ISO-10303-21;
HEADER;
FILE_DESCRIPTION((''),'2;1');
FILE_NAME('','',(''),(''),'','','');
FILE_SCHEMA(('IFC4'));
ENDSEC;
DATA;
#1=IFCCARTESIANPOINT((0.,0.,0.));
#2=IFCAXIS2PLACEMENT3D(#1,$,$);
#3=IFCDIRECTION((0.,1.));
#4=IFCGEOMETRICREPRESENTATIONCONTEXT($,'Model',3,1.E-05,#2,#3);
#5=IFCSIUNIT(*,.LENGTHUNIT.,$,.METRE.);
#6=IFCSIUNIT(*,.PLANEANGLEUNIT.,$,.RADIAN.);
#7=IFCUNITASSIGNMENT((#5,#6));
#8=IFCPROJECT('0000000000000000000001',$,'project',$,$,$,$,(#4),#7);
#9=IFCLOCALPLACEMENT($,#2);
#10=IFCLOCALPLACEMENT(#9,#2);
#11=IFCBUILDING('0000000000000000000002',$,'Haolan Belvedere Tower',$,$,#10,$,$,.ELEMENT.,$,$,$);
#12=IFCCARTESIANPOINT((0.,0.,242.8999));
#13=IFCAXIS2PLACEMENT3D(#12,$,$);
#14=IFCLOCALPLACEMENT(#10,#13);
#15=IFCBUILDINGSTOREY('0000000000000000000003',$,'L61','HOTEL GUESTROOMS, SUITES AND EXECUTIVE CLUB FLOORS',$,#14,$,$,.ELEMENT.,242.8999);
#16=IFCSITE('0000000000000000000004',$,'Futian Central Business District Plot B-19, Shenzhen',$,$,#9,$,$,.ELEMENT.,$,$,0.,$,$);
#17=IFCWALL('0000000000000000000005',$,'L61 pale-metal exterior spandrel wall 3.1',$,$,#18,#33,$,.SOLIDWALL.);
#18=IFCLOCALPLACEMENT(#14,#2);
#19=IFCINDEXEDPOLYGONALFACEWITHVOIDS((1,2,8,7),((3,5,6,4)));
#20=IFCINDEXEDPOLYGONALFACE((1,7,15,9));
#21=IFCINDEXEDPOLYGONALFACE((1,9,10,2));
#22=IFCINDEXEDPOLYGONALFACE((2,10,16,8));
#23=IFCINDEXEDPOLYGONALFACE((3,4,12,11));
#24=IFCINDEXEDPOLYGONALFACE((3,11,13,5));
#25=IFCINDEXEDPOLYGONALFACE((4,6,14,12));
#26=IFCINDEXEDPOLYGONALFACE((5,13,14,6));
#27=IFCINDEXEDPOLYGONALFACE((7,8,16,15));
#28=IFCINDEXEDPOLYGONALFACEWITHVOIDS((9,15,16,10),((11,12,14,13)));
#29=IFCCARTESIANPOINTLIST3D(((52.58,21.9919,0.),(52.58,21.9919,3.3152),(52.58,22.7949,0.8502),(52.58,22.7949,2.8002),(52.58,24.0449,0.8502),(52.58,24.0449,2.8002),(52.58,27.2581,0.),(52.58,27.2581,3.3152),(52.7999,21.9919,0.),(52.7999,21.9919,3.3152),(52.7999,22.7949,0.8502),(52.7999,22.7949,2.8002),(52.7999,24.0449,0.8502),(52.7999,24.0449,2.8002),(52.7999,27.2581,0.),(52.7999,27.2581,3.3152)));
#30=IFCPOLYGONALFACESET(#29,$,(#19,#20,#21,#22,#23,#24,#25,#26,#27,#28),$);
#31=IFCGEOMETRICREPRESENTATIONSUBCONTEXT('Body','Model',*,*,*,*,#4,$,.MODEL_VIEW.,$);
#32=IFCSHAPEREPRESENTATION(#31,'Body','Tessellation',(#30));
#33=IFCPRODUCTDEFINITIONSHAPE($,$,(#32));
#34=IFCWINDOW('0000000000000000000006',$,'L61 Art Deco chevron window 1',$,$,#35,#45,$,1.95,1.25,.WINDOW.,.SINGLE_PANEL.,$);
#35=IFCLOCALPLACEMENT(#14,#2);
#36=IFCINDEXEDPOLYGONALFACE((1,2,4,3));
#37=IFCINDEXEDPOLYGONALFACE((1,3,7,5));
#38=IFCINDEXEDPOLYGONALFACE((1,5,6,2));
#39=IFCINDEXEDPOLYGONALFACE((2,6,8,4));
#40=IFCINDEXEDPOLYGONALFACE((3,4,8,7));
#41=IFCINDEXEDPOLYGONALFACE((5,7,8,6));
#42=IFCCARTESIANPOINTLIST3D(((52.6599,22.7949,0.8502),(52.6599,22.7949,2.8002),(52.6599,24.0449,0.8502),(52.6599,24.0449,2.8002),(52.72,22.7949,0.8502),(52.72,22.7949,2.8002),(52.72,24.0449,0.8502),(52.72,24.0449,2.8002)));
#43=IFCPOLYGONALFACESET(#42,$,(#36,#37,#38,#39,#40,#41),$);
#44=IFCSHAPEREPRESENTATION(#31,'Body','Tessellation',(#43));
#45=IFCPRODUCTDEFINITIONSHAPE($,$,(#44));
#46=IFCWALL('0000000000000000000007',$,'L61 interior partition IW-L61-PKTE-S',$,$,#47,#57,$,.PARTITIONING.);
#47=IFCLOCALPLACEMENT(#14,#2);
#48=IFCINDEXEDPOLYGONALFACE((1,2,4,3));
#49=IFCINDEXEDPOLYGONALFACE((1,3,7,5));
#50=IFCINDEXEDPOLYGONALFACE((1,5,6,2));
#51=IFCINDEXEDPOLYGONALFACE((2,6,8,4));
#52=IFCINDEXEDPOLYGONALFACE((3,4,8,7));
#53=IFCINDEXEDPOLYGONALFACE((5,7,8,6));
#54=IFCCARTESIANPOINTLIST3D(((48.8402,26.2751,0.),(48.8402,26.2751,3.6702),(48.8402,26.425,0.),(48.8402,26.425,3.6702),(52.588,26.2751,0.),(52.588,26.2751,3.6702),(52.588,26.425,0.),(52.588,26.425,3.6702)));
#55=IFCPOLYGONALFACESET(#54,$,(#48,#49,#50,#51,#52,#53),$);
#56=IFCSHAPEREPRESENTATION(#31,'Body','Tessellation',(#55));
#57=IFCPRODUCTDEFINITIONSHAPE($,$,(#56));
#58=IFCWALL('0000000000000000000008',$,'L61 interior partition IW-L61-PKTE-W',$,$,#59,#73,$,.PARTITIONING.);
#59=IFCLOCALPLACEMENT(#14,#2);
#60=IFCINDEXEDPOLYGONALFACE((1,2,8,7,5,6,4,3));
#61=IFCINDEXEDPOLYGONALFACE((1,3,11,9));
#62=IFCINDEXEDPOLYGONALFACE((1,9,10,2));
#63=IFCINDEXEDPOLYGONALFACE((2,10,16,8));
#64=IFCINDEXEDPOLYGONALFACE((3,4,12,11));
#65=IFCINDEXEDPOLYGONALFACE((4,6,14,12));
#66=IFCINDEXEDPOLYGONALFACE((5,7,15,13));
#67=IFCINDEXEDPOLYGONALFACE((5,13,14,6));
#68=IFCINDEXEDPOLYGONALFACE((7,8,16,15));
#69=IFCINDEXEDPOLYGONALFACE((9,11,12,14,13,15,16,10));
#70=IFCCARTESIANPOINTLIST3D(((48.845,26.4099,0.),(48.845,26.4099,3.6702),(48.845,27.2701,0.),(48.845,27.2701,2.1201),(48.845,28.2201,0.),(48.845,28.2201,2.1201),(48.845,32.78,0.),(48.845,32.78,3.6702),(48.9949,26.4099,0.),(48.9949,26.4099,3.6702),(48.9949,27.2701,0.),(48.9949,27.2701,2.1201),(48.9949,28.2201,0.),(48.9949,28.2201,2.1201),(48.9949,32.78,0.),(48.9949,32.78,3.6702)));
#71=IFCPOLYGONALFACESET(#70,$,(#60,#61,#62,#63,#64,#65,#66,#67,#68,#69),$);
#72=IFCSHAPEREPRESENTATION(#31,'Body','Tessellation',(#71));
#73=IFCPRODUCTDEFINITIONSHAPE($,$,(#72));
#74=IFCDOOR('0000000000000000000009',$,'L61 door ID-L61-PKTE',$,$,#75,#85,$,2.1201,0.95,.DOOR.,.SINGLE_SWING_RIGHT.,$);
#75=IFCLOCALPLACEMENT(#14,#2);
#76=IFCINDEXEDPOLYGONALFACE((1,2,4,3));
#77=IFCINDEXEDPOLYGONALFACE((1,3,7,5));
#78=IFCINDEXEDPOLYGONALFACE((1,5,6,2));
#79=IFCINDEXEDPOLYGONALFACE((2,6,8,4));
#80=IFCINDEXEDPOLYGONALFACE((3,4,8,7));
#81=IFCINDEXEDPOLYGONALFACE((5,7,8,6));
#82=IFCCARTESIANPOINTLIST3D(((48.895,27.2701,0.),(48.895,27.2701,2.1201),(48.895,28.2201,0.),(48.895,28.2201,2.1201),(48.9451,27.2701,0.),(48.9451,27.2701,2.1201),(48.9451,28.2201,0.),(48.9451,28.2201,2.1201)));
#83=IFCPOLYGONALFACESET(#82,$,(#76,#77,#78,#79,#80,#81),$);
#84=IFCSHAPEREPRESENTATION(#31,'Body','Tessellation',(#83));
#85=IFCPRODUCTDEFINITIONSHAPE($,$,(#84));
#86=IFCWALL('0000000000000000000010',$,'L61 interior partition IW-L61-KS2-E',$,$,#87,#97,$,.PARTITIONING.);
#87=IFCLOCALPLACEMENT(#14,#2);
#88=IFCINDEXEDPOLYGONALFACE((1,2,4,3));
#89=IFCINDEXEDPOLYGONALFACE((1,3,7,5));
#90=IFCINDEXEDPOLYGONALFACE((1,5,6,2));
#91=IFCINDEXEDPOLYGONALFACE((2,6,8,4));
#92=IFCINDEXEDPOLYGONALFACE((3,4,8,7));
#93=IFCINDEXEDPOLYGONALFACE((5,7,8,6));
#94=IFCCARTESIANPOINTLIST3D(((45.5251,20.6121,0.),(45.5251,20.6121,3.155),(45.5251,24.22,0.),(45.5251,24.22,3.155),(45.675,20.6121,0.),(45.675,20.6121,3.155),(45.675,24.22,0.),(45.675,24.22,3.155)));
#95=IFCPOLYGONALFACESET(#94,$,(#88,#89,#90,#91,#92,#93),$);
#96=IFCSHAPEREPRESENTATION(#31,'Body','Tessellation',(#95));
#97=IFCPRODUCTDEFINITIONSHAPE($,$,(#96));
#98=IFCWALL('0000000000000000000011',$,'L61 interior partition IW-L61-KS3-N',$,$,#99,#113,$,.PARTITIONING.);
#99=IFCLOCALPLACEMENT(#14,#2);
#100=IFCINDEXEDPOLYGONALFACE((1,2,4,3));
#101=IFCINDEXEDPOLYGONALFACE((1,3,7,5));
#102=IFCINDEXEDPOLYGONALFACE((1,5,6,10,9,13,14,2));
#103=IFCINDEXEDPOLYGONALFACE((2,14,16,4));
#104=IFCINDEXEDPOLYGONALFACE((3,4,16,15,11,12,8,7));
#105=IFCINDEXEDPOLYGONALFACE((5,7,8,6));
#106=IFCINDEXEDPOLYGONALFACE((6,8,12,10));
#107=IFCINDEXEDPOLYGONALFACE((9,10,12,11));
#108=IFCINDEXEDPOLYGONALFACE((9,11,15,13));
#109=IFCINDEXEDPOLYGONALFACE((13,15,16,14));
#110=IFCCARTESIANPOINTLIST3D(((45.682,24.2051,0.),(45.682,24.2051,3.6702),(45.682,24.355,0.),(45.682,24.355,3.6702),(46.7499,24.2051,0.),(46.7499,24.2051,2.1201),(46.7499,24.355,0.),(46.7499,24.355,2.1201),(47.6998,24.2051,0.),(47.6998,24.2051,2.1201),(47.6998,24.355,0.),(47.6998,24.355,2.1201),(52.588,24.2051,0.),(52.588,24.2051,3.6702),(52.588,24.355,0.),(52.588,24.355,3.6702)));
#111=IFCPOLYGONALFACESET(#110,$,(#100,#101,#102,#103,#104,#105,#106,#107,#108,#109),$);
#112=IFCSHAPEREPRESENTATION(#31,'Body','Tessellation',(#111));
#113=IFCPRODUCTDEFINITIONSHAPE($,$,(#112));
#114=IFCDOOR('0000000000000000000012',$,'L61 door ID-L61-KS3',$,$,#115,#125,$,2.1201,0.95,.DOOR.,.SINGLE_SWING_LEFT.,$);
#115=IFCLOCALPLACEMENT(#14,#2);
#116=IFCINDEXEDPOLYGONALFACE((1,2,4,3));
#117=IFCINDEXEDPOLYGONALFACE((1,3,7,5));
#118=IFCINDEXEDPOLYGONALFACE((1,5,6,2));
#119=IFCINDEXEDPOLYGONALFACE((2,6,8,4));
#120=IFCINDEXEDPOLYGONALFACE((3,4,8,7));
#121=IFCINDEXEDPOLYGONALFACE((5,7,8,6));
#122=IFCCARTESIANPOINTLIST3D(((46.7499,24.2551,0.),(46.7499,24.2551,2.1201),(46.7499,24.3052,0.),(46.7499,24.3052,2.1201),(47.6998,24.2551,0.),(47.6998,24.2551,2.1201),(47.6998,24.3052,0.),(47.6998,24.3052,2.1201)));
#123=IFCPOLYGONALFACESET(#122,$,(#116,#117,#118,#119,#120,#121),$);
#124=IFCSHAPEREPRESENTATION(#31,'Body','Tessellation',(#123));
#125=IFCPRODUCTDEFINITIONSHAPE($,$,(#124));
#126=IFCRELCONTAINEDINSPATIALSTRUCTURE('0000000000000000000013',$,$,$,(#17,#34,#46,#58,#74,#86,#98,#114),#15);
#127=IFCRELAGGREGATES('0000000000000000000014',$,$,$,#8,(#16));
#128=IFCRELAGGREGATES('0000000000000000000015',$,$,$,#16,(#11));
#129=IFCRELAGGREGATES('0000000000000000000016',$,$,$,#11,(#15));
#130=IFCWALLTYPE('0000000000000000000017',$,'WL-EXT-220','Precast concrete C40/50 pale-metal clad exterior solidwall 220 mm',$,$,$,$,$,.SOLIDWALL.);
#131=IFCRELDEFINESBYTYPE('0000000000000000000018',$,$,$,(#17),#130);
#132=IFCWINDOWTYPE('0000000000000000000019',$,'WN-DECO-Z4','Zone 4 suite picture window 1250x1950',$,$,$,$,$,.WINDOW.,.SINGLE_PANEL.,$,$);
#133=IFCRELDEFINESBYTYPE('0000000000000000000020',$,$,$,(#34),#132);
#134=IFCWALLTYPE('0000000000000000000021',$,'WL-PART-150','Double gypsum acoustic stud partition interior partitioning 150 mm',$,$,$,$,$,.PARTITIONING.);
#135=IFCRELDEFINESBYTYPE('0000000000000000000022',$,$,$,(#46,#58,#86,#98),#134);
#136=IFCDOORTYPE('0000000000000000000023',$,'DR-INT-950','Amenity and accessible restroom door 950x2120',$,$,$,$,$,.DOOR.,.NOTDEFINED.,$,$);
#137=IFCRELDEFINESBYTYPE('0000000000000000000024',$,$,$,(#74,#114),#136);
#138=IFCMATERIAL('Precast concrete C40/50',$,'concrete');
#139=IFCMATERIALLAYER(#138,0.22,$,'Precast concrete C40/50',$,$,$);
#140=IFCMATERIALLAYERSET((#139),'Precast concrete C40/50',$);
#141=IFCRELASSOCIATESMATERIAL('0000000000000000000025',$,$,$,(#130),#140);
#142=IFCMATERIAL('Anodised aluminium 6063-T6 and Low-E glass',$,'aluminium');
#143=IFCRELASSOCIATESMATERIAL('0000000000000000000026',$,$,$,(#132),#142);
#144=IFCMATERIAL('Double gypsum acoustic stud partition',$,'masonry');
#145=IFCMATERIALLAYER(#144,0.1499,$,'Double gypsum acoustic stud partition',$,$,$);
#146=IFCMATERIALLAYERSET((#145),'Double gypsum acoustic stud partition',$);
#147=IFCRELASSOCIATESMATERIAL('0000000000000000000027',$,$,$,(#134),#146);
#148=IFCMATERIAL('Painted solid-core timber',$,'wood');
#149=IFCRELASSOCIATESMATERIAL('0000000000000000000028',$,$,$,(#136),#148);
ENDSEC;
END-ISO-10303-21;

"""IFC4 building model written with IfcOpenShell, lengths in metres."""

from ifc_helpers import new_model, si_unit, direction, frame, frame_2d, origin, place, context, subcontext, project, spatial, rectangle, extrude, material, layer, layer_set, type_object, element, fill, save


model = new_model("IFC4")

# Units and contexts
model_context = context("Model", 3, precision=1e-05, world=origin(), true_north=direction((0.0, 1.0)))
body_context = subcontext(model_context, "Body", "Model", "MODEL_VIEW")
ifc_project = project(units=[si_unit("LENGTHUNIT", "METRE"), si_unit("PLANEANGLEUNIT", "RADIAN")], contexts=[model_context])

# Site, building, storey
site_placement = place(None, origin())
site = spatial("IfcSite", under=ifc_project, at=site_placement, Name="Futian Central Business District Plot B-19, Shenzhen", CompositionType="ELEMENT", RefElevation=0.0)
building_placement = place(site_placement, origin())
building = spatial("IfcBuilding", under=site, at=building_placement, Name="Haolan Belvedere Tower", CompositionType="ELEMENT")
storey_placement = place(building_placement, frame((0.0, 0.0, 242.8999)))
storey = spatial("IfcBuildingStorey", under=building, at=storey_placement, Name="L61", Description="HOTEL GUESTROOMS, SUITES AND EXECUTIVE CLUB FLOORS", CompositionType="ELEMENT", Elevation=242.8999)

# Wall, opening, window
ifc_material_1 = material(Name="Precast concrete C40/50", Category="concrete")
ifc_layer_1 = layer(ifc_material_1, 0.22, Name="Precast concrete C40/50")
ifc_layer_set_1 = layer_set([ifc_layer_1], Name="Precast concrete C40/50")
wall_type_1 = type_object("IfcWallType", Name="WL-EXT-220", Description="Precast concrete C40/50 pale-metal clad exterior solidwall 220 mm", PredefinedType="SOLIDWALL", material=ifc_layer_set_1)
ifc_material_2 = material(Name="Anodised aluminium 6063-T6 and Low-E glass", Category="aluminium")
window_type = type_object("IfcWindowType", Name="WN-DECO-Z4", Description="Zone 4 suite picture window 1250x1950", PartitioningType="SINGLE_PANEL", PredefinedType="WINDOW", material=ifc_material_2)
wall_1_placement = place(storey_placement, frame((52.6899, 21.9919, 0.0), z_axis=(0.0, 0.0, 1.0), x_axis=(0.0, 1.0, 0.0)))
wall_1 = element("IfcWall", 1, at=wall_1_placement, inside=storey, type_object=wall_type_1, Name="L61 pale-metal exterior spandrel wall 3.1", PredefinedType="SOLIDWALL", context=body_context, shape_type="SweptSolid", body=[
    extrude(rectangle(XDim=5.2661, YDim=0.22, at=frame_2d((2.6331, 0.0))), origin(), (0.0, 0.0, 1.0), 3.3152),
])
opening_1_placement = place(wall_1_placement, frame((0.803, 0.0, 0.8501)))
opening_1 = element("IfcOpeningElement", 2, at=opening_1_placement, cuts=wall_1, PredefinedType="OPENING", context=body_context, shape_type="SweptSolid", body=[
    extrude(rectangle(XDim=1.25, YDim=1.95, at=frame_2d((0.625, 0.9751))), frame((0.0, 0.1199, 0.0), z_axis=(0.0, -1.0, 0.0), x_axis=(1.0, 0.0, 0.0)), (0.0, 0.0, 1.0), 0.24),
])
window_1_placement = place(opening_1_placement, origin())
window_1 = element("IfcWindow", 3, at=window_1_placement, inside=storey, type_object=window_type, Name="L61 Art Deco chevron window 1", OverallHeight=1.95, OverallWidth=1.25, PartitioningType="SINGLE_PANEL", PredefinedType="WINDOW", context=body_context, shape_type="SweptSolid", body=[
    extrude(rectangle(XDim=1.25, YDim=1.95, at=frame_2d((0.625, 0.9751))), frame((0.0, 0.03, 0.0), z_axis=(0.0, -1.0, 0.0), x_axis=(1.0, 0.0, 0.0)), (0.0, 0.0, 1.0), 0.0601),
])
fill(opening_1, window_1)

# Wall
ifc_material_3 = material(Name="Double gypsum acoustic stud partition", Category="masonry")
ifc_layer_2 = layer(ifc_material_3, 0.1499, Name="Double gypsum acoustic stud partition")
ifc_layer_set_2 = layer_set([ifc_layer_2], Name="Double gypsum acoustic stud partition")
wall_type_2 = type_object("IfcWallType", Name="WL-PART-150", Description="Double gypsum acoustic stud partition interior partitioning 150 mm", PredefinedType="PARTITIONING", material=ifc_layer_set_2)
wall_2_placement = place(storey_placement, frame((48.8401, 26.3501, 0.0), z_axis=(0.0, 0.0, 1.0), x_axis=(1.0, 0.0, 0.0)))
element("IfcWall", 4, at=wall_2_placement, inside=storey, type_object=wall_type_2, Name="L61 interior partition IW-L61-PKTE-S", PredefinedType="PARTITIONING", context=body_context, shape_type="SweptSolid", body=[
    extrude(rectangle(XDim=3.7478, YDim=0.1499, at=frame_2d((1.874, 0.0))), origin(), (0.0, 0.0, 1.0), 3.6702),
])

# Wall, opening, door
wall_3_placement = place(storey_placement, frame((48.9199, 26.4099, 0.0), z_axis=(0.0, 0.0, 1.0), x_axis=(0.0, 1.0, 0.0)))
wall_3 = element("IfcWall", 5, at=wall_3_placement, inside=storey, type_object=wall_type_2, Name="L61 interior partition IW-L61-PKTE-W", PredefinedType="PARTITIONING", context=body_context, shape_type="SweptSolid", body=[
    extrude(rectangle(XDim=6.3701, YDim=0.1499, at=frame_2d((3.1851, 0.0))), origin(), (0.0, 0.0, 1.0), 3.6702),
])
opening_2_placement = place(wall_3_placement, frame((0.8601, 0.0, 0.0)))
opening_2 = element("IfcOpeningElement", 6, at=opening_2_placement, cuts=wall_3, PredefinedType="OPENING", context=body_context, shape_type="SweptSolid", body=[
    extrude(rectangle(XDim=0.95, YDim=2.1201, at=frame_2d((0.4751, 1.0601))), frame((0.0, 0.085, 0.0), z_axis=(0.0, -1.0, 0.0), x_axis=(1.0, 0.0, 0.0)), (0.0, 0.0, 1.0), 0.1699),
])
ifc_material_4 = material(Name="Painted solid-core timber", Category="wood")
door_type = type_object("IfcDoorType", Name="DR-INT-950", Description="Amenity and accessible restroom door 950x2120", OperationType="NOTDEFINED", PredefinedType="DOOR", material=ifc_material_4)
door_1_placement = place(opening_2_placement, origin())
door_1 = element("IfcDoor", 7, at=door_1_placement, inside=storey, type_object=door_type, Name="L61 door ID-L61-PKTE", OperationType="SINGLE_SWING_RIGHT", OverallHeight=2.1201, OverallWidth=0.95, PredefinedType="DOOR", context=body_context, shape_type="SweptSolid", body=[
    extrude(rectangle(XDim=0.95, YDim=2.1201, at=frame_2d((0.4751, 1.0601))), frame((0.0, 0.0249, 0.0), z_axis=(0.0, -1.0, 0.0), x_axis=(1.0, 0.0, 0.0)), (0.0, 0.0, 1.0), 0.05),
])
fill(opening_2, door_1)

# Wall
wall_4_placement = place(storey_placement, frame((45.6001, 20.6121, 0.0), z_axis=(0.0, 0.0, 1.0), x_axis=(0.0, 1.0, 0.0)))
element("IfcWall", 8, at=wall_4_placement, inside=storey, type_object=wall_type_2, Name="L61 interior partition IW-L61-KS2-E", PredefinedType="PARTITIONING", context=body_context, shape_type="SweptSolid", body=[
    extrude(rectangle(XDim=3.6079, YDim=0.1499, at=frame_2d((1.804, 0.0))), origin(), (0.0, 0.0, 1.0), 3.155),
])

# Wall, opening, door
wall_5_placement = place(storey_placement, frame((45.6819, 24.28, 0.0), z_axis=(0.0, 0.0, 1.0), x_axis=(1.0, 0.0, 0.0)))
wall_5 = element("IfcWall", 9, at=wall_5_placement, inside=storey, type_object=wall_type_2, Name="L61 interior partition IW-L61-KS3-N", PredefinedType="PARTITIONING", context=body_context, shape_type="SweptSolid", body=[
    extrude(rectangle(XDim=6.906, YDim=0.1499, at=frame_2d((3.4531, 0.0))), origin(), (0.0, 0.0, 1.0), 3.6702),
])
opening_3_placement = place(wall_5_placement, frame((2.0181, 0.0, 0.0), z_axis=(0.0, 0.0, 1.0), x_axis=(-1.0, 0.0, 0.0)))
opening_3 = element("IfcOpeningElement", 10, at=opening_3_placement, cuts=wall_5, PredefinedType="OPENING", context=body_context, shape_type="SweptSolid", body=[
    extrude(rectangle(XDim=0.95, YDim=2.1201, at=frame_2d((0.4751, 1.0601))), frame((0.0, 0.085, 0.0), z_axis=(0.0, -1.0, 0.0), x_axis=(1.0, 0.0, 0.0)), (0.0, 0.0, 1.0), 0.1699),
])
door_2_placement = place(opening_3_placement, origin())
door_2 = element("IfcDoor", 11, at=door_2_placement, inside=storey, type_object=door_type, Name="L61 door ID-L61-KS3", OperationType="SINGLE_SWING_LEFT", OverallHeight=2.1201, OverallWidth=0.95, PredefinedType="DOOR", context=body_context, shape_type="SweptSolid", body=[
    extrude(rectangle(XDim=0.95, YDim=2.1201, at=frame_2d((0.4751, 1.0601))), frame((0.0, 0.0249, 0.0), z_axis=(0.0, -1.0, 0.0), x_axis=(1.0, 0.0, 0.0)), (0.0, 0.0, 1.0), 0.05),
])
fill(opening_3, door_2)

save(model, "model.ifc")
